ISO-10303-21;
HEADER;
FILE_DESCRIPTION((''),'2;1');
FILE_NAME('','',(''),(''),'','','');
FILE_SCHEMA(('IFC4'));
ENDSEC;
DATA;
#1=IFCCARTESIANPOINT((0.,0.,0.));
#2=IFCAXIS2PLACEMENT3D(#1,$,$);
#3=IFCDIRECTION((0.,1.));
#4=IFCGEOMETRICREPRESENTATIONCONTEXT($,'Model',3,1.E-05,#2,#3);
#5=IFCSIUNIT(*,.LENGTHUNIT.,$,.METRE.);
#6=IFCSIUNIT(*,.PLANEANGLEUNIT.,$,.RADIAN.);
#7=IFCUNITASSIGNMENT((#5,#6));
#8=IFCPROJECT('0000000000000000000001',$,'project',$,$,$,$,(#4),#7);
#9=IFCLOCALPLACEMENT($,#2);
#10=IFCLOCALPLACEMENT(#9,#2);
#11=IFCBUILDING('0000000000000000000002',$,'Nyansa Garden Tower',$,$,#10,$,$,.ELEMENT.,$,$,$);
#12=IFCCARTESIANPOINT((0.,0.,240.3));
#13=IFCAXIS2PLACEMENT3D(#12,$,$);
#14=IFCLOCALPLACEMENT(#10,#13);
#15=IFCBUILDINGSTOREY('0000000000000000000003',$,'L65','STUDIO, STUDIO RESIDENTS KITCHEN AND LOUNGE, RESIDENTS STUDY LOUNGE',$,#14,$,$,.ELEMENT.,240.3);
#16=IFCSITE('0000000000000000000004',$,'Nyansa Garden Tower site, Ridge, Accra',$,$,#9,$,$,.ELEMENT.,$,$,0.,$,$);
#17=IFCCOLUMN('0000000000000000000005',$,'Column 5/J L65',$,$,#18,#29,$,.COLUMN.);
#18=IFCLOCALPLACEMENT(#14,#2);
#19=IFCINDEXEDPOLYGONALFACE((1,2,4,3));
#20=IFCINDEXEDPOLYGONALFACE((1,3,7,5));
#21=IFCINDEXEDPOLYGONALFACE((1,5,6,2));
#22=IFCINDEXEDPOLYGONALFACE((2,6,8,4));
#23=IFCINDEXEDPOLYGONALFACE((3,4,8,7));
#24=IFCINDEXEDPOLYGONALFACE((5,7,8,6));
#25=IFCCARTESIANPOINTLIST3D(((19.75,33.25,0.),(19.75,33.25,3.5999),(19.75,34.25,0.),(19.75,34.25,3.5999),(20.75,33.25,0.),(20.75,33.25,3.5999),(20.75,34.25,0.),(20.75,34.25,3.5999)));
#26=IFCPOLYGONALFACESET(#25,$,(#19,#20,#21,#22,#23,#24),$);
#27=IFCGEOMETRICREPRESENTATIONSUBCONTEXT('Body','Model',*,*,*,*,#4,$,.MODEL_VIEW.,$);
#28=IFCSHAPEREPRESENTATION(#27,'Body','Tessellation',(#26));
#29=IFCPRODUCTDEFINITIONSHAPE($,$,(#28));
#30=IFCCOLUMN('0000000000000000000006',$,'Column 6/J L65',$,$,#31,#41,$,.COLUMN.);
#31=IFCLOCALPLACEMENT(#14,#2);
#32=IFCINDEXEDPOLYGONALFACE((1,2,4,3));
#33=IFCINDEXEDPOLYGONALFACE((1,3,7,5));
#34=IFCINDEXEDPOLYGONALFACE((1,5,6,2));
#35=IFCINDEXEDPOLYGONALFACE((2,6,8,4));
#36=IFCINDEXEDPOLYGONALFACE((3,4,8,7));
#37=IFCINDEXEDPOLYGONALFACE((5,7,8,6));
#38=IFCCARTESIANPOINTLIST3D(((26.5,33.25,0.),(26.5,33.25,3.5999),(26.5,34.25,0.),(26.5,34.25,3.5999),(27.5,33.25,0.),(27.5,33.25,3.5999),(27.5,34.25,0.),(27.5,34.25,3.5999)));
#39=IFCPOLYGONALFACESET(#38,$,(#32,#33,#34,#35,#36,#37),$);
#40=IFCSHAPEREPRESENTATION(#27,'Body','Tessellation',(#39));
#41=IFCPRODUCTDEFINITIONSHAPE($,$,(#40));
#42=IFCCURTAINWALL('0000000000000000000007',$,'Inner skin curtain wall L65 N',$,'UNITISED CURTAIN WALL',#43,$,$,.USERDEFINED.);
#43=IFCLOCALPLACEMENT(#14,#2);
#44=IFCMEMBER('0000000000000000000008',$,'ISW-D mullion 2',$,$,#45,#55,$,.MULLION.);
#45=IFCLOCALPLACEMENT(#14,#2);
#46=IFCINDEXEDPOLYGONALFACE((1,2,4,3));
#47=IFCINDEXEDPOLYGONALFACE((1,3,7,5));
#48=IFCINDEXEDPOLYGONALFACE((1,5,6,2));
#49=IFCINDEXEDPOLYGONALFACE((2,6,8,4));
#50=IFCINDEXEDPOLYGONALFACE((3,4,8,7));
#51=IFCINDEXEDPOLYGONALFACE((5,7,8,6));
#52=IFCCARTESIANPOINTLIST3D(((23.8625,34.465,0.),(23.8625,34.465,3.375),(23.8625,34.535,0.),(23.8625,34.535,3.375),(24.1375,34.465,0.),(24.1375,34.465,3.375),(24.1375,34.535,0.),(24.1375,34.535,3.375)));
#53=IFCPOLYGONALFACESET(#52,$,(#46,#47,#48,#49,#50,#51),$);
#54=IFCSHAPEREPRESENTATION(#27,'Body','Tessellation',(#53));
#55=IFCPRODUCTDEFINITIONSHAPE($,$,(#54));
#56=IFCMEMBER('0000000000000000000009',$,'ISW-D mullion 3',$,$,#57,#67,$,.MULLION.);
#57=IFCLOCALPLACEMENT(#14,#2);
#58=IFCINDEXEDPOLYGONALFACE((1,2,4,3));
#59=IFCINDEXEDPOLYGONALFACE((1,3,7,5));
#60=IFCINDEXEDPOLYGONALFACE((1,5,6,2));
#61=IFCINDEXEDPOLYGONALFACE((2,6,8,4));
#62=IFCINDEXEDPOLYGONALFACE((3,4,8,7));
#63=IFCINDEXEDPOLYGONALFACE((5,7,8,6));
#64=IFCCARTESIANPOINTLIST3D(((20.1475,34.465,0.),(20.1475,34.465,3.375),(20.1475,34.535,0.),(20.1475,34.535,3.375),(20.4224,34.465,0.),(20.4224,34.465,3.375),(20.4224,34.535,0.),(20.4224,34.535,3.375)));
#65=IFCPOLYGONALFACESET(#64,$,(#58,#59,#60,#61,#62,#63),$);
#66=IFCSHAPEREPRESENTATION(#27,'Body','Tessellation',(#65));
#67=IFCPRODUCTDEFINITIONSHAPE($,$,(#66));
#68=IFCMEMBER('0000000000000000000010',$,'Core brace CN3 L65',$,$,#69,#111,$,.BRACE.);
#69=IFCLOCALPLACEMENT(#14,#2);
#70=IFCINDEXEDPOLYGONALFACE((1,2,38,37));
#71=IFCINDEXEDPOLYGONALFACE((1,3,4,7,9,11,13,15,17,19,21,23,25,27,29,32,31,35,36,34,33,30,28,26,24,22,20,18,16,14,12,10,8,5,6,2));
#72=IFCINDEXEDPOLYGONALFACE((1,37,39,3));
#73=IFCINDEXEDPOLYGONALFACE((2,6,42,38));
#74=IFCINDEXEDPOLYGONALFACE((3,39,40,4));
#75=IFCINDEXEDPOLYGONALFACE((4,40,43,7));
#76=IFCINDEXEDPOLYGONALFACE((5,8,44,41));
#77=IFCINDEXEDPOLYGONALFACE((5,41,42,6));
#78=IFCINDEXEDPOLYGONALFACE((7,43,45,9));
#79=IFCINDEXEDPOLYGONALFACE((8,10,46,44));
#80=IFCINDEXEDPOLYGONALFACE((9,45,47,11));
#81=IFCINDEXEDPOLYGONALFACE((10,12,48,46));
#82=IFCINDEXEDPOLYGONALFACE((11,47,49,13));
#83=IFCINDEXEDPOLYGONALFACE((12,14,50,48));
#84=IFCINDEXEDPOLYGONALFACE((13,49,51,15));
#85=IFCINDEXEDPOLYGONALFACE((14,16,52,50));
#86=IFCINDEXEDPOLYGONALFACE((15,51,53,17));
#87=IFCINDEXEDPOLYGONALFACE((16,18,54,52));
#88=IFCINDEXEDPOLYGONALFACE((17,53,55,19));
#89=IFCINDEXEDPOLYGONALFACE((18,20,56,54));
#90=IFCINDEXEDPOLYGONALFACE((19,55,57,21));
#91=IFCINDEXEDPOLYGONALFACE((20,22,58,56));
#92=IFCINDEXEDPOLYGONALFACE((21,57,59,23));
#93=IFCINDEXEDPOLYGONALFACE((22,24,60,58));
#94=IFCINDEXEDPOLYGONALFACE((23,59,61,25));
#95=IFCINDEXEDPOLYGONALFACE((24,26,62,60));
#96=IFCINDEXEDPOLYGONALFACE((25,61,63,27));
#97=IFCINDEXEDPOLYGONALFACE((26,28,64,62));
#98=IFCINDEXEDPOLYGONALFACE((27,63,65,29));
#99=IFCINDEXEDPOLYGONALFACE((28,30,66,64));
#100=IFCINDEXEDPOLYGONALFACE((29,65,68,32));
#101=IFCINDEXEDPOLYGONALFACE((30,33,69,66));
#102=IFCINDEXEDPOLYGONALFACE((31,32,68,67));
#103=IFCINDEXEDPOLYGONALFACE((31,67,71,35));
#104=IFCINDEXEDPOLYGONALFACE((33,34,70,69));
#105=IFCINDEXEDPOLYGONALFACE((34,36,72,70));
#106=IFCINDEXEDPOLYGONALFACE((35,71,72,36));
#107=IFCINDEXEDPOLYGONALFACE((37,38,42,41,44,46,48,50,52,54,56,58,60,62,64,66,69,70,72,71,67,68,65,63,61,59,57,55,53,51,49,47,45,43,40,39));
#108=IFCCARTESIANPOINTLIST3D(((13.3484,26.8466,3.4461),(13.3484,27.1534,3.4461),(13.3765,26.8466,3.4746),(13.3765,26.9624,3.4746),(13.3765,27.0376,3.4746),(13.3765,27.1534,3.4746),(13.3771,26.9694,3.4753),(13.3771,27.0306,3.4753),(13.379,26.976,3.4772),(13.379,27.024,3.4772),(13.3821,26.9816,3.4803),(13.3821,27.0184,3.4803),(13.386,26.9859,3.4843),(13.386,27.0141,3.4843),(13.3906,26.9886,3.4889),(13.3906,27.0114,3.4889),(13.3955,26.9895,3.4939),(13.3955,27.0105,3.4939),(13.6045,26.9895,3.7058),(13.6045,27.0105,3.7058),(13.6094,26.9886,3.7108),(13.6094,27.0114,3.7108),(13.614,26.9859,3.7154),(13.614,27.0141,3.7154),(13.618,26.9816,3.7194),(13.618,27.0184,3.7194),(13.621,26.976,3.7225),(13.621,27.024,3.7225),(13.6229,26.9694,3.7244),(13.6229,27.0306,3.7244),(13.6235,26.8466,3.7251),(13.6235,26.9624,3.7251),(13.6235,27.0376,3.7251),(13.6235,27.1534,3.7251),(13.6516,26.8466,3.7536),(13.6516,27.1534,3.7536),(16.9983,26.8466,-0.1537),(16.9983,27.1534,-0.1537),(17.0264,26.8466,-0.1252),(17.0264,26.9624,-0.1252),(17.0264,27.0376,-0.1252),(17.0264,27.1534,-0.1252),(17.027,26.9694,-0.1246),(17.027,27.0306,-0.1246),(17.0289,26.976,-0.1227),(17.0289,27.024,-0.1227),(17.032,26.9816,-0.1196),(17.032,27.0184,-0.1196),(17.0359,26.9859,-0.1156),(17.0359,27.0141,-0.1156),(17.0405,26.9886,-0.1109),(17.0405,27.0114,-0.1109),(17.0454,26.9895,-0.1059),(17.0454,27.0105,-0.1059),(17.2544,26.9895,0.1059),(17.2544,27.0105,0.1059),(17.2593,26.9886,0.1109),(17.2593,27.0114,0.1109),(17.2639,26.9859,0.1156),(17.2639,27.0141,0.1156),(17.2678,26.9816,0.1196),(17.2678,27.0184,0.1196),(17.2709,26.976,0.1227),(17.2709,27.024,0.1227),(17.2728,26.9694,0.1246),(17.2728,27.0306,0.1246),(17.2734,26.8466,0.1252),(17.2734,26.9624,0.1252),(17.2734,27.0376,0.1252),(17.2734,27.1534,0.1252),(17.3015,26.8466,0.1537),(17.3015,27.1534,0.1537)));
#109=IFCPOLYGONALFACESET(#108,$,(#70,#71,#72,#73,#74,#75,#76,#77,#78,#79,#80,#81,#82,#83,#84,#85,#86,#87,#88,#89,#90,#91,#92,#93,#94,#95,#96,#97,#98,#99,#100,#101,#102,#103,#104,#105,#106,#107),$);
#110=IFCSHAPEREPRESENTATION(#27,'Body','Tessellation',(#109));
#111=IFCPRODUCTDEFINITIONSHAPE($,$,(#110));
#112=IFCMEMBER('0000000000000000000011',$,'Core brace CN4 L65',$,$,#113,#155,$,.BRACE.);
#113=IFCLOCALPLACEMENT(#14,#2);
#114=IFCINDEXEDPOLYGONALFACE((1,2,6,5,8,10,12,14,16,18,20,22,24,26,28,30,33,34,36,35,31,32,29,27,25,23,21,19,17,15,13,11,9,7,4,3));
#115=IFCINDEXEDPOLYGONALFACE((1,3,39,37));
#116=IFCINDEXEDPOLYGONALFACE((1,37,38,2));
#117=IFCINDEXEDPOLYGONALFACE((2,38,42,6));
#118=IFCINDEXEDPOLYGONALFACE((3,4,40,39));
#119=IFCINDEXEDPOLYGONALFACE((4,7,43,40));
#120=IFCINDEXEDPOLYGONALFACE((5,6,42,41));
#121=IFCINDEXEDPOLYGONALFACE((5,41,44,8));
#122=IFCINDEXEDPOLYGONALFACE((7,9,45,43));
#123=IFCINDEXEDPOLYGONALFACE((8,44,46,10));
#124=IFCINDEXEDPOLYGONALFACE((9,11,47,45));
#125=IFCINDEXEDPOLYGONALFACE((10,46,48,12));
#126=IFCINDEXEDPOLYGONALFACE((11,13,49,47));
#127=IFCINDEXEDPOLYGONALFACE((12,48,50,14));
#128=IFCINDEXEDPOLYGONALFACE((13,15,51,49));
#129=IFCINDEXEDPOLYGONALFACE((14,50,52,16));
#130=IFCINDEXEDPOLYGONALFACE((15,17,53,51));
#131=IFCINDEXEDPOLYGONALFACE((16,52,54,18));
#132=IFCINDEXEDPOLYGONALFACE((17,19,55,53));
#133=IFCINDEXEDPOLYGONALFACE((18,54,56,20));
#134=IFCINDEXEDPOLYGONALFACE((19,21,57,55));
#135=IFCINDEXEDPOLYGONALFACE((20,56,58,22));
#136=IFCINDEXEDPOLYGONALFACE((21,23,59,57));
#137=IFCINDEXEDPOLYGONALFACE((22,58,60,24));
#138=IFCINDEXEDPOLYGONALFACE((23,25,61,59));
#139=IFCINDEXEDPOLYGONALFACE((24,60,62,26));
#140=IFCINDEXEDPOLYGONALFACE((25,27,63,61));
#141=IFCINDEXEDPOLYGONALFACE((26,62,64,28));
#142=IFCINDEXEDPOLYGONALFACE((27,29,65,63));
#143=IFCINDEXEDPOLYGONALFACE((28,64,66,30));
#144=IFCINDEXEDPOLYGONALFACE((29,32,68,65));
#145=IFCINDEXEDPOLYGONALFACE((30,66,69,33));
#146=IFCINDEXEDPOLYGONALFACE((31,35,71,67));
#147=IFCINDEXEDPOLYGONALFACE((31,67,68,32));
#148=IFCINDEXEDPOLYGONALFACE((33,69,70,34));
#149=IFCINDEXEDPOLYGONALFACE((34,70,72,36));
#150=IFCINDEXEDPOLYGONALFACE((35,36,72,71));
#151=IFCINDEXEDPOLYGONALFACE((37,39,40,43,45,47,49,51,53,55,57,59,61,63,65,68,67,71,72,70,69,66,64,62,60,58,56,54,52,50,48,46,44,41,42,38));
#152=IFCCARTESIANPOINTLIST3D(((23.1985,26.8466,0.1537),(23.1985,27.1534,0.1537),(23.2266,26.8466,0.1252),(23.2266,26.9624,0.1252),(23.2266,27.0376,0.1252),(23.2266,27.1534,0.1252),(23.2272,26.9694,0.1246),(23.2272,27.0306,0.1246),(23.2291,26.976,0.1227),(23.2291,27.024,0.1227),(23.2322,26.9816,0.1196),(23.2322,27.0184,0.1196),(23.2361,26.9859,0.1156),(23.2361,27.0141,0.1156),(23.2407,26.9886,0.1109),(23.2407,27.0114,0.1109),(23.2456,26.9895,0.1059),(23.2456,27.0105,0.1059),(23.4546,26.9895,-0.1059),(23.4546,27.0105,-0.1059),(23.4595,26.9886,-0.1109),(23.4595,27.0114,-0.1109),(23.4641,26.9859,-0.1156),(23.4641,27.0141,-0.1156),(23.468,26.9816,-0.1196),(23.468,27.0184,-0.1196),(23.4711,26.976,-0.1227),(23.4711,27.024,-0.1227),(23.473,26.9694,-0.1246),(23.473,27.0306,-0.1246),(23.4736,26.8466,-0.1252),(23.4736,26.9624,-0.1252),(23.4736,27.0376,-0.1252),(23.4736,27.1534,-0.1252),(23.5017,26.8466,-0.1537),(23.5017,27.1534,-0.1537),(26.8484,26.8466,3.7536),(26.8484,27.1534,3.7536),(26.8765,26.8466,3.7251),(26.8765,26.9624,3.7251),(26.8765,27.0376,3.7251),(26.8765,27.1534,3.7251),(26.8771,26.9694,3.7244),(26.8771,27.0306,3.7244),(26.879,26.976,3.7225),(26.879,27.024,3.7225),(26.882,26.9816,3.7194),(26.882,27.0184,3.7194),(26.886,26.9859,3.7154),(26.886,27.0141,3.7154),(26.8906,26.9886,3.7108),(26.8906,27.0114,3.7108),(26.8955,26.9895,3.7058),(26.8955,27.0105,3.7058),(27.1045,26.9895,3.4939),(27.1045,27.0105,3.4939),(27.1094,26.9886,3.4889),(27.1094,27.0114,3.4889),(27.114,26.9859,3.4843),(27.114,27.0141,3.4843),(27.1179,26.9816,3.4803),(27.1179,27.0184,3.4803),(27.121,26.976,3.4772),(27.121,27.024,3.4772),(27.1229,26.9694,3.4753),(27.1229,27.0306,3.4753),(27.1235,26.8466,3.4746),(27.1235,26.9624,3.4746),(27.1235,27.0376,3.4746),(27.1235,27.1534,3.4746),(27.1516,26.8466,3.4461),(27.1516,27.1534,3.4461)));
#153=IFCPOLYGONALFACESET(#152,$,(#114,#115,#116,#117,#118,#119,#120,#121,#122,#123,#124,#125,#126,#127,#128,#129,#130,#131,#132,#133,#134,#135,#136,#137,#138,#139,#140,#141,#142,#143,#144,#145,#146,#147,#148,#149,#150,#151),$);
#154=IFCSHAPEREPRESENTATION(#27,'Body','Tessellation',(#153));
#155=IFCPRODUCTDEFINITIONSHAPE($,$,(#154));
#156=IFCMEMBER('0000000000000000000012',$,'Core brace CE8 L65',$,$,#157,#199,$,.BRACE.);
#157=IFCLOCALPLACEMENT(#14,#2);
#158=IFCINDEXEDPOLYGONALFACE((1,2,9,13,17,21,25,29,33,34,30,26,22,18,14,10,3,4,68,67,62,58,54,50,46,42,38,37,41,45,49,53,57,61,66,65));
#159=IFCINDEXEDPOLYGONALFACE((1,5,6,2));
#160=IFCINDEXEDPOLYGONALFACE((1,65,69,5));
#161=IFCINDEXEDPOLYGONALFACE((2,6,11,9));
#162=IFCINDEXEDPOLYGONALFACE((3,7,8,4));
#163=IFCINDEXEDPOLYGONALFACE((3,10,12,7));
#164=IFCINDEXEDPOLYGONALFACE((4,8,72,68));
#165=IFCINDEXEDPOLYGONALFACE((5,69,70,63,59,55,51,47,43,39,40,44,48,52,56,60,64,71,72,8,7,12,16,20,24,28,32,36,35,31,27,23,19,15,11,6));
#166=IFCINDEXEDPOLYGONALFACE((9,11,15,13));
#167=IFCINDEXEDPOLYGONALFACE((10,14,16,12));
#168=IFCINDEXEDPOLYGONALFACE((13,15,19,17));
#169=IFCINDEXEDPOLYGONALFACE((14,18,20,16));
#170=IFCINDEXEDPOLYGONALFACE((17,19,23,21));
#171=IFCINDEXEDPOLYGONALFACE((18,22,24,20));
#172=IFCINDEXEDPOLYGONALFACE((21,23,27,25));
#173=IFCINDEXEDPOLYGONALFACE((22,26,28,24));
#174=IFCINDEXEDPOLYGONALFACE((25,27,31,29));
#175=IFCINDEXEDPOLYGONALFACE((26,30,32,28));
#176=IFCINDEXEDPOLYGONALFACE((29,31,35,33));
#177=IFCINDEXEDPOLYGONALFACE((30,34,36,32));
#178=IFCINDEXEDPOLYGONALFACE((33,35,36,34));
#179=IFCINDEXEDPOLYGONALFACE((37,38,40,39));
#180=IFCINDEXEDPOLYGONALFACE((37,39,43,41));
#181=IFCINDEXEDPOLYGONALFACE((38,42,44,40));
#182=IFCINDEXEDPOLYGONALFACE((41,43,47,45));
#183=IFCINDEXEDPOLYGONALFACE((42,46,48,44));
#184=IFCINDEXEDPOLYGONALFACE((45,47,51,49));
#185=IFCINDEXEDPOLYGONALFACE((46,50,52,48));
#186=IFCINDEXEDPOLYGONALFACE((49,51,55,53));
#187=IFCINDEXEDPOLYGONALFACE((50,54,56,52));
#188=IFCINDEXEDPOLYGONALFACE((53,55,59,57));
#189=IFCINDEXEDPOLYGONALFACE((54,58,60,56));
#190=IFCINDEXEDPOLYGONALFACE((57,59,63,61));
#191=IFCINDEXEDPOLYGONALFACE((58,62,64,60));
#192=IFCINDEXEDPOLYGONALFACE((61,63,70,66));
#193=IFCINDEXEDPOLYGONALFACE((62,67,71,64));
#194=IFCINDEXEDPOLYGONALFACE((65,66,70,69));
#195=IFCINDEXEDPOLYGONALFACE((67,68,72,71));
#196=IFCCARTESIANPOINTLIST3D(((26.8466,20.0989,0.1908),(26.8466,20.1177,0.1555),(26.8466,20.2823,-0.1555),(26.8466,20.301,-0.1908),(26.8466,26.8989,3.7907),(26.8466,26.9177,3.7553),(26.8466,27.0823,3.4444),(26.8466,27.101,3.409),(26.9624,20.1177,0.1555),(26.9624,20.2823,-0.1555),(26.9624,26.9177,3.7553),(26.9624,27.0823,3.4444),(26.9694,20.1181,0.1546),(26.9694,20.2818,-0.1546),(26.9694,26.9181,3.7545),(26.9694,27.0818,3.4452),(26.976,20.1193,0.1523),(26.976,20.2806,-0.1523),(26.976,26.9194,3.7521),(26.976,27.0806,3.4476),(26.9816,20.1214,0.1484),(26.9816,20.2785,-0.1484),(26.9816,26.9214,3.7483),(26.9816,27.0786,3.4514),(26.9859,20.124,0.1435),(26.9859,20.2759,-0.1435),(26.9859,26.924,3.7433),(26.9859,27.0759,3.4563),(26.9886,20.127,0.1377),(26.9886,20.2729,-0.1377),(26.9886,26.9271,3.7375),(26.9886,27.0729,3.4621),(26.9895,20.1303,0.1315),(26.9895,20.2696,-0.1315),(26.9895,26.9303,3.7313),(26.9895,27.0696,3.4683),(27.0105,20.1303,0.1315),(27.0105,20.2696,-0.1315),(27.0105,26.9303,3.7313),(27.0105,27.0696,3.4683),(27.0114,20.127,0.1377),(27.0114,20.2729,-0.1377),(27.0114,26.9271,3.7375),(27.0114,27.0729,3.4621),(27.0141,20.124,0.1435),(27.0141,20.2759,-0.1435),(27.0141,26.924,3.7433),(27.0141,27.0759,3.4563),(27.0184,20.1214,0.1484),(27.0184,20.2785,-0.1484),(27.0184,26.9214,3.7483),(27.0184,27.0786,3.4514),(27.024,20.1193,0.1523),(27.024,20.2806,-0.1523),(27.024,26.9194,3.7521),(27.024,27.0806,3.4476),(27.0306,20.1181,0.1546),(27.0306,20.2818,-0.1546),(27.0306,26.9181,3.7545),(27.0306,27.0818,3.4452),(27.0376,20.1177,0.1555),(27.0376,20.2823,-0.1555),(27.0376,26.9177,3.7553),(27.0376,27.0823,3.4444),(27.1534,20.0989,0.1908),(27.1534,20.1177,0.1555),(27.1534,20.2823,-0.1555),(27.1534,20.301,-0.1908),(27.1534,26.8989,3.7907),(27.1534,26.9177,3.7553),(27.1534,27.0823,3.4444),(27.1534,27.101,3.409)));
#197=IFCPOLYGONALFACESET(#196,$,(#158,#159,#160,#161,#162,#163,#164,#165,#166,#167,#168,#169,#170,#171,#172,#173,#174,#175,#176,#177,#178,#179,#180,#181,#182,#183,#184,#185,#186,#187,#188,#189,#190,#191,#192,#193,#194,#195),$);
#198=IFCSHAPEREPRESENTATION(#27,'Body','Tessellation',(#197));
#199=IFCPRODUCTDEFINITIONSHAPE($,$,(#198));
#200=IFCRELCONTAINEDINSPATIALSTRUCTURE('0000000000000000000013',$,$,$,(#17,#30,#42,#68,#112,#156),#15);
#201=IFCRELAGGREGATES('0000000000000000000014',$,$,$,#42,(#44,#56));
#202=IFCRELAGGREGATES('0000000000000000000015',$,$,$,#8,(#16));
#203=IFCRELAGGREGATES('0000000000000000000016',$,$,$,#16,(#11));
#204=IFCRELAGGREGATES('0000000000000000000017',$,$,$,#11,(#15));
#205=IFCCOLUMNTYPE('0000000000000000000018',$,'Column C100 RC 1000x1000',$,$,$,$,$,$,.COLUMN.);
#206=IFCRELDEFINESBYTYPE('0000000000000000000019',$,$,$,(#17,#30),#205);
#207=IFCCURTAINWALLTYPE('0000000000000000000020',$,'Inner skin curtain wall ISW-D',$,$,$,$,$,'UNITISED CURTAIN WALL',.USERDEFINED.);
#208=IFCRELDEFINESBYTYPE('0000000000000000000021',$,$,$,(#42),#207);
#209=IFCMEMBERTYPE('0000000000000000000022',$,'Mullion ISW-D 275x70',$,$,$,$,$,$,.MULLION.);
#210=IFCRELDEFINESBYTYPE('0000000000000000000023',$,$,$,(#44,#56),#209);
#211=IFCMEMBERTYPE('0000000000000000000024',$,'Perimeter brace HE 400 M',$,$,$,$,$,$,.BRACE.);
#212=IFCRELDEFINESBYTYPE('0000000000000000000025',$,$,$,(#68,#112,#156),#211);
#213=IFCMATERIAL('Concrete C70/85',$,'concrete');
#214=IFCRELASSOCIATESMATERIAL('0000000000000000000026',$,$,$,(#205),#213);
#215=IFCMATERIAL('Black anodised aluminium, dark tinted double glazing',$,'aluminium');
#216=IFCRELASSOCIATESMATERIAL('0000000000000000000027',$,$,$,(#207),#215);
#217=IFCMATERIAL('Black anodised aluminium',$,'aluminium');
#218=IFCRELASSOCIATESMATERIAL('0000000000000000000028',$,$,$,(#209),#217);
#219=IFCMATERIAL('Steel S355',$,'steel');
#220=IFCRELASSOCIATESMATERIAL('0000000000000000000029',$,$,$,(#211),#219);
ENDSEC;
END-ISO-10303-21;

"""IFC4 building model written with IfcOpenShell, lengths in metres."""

from ifc_helpers import new_model, si_unit, direction, frame, origin, origin_2d, place, context, subcontext, project, spatial, rectangle, i_section, extrude, material, material_profile, profile_set, type_object, element, aggregate, save


model = new_model("IFC4")

# Units and contexts
model_context = context("Model", 3, precision=1e-05, world=origin(), true_north=direction((0.0, 1.0)))
body_context = subcontext(model_context, "Body", "Model", "MODEL_VIEW")
ifc_project = project(units=[si_unit("LENGTHUNIT", "METRE"), si_unit("PLANEANGLEUNIT", "RADIAN")], contexts=[model_context])

# Site, building, storey
site_placement = place(None, origin())
site = spatial("IfcSite", under=ifc_project, at=site_placement, Name="Nyansa Garden Tower site, Ridge, Accra", CompositionType="ELEMENT", RefElevation=0.0)
building_placement = place(site_placement, origin())
building = spatial("IfcBuilding", under=site, at=building_placement, Name="Nyansa Garden Tower", CompositionType="ELEMENT")
storey_placement = place(building_placement, frame((0.0, 0.0, 240.3)))
storey = spatial("IfcBuildingStorey", under=building, at=storey_placement, Name="L65", Description="STUDIO, STUDIO RESIDENTS KITCHEN AND LOUNGE, RESIDENTS STUDY LOUNGE", CompositionType="ELEMENT", Elevation=240.3)

# Columns
ifc_material_1 = material(Name="Concrete C70/85", Category="concrete")
ifc_material_profile_1 = material_profile(ifc_material_1, rectangle(XDim=1.0, YDim=1.0, at=origin_2d()), Name="RC 1000x1000")
ifc_profile_set_1 = profile_set([ifc_material_profile_1], Name="Concrete C70/85")
column_type = type_object("IfcColumnType", Name="Column C100 RC 1000x1000", PredefinedType="COLUMN", material=ifc_profile_set_1)
for number, where, z_axis, x_axis, name in (
    (1, (20.25, 33.75, 0.0), (0.0, 0.0, 1.0), (1.0, 0.0, 0.0), "Column 5/J L65"),
    (2, (27.0, 33.75, 0.0), (0.0, 0.0, 1.0), (1.0, 0.0, 0.0), "Column 6/J L65"),
):
    element("IfcColumn", number, at=place(storey_placement, frame(where, z_axis=z_axis, x_axis=x_axis)), inside=storey, type_object=column_type, Name=name, PredefinedType="COLUMN", context=body_context, shape_type="SweptSolid", body=[
        extrude(rectangle(XDim=1.0, YDim=1.0, at=origin_2d()), origin(), (0.0, 0.0, 1.0), 3.5999),
    ])

# Curtain wall, members
ifc_material_2 = material(Name="Black anodised aluminium, dark tinted double glazing", Category="aluminium")
curtain_wall_type = type_object("IfcCurtainWallType", Name="Inner skin curtain wall ISW-D", ElementType="UNITISED CURTAIN WALL", PredefinedType="USERDEFINED", material=ifc_material_2)
curtain_wall_placement = place(storey_placement, origin())
curtain_wall = element("IfcCurtainWall", 3, at=curtain_wall_placement, inside=storey, type_object=curtain_wall_type, Name="Inner skin curtain wall L65 N", ObjectType="UNITISED CURTAIN WALL", PredefinedType="USERDEFINED")
ifc_material_3 = material(Name="Black anodised aluminium", Category="aluminium")
ifc_material_profile_2 = material_profile(ifc_material_3, rectangle(XDim=0.0701, YDim=0.2749, at=origin_2d()), Name="Mullion 275x70")
ifc_profile_set_2 = profile_set([ifc_material_profile_2], Name="Black anodised aluminium")
member_type_1 = type_object("IfcMemberType", Name="Mullion ISW-D 275x70", PredefinedType="MULLION", material=ifc_profile_set_2)
member_1_placement = place(storey_placement, frame((24.0, 34.5, 0.0), z_axis=(0.0, 0.0, 1.0), x_axis=(0.0, -1.0, 0.0)))
member_1 = element("IfcMember", 4, at=member_1_placement, type_object=member_type_1, Name="ISW-D mullion 2", PredefinedType="MULLION", context=body_context, shape_type="SweptSolid", body=[
    extrude(rectangle(XDim=0.0701, YDim=0.2749, at=origin_2d()), origin(), (0.0, 0.0, 1.0), 3.375),
])
member_2_placement = place(storey_placement, frame((20.2849, 34.5, 0.0), z_axis=(0.0, 0.0, 1.0), x_axis=(0.0, -1.0, 0.0)))
member_2 = element("IfcMember", 5, at=member_2_placement, type_object=member_type_1, Name="ISW-D mullion 3", PredefinedType="MULLION", context=body_context, shape_type="SweptSolid", body=[
    extrude(rectangle(XDim=0.0701, YDim=0.2749, at=origin_2d()), origin(), (0.0, 0.0, 1.0), 3.375),
])

# Members
ifc_material_4 = material(Name="Steel S355", Category="steel")
ifc_material_profile_3 = material_profile(ifc_material_4, i_section(OverallWidth=0.3069, OverallDepth=0.4319, WebThickness=0.021, FlangeThickness=0.04, FilletRadius=0.0271, at=origin_2d()), Name="HE 400 M")
ifc_profile_set_3 = profile_set([ifc_material_profile_3], Name="Steel S355")
member_type_2 = type_object("IfcMemberType", Name="Perimeter brace HE 400 M", PredefinedType="BRACE", material=ifc_profile_set_3)
for number, where, z_axis, x_axis, name in (
    (6, (17.1499, 27.0, 0.0), (-0.711971, 0.0, 0.702209), (0.0, -1.0, 0.0), "Core brace CN3 L65"),
    (7, (23.3501, 27.0, 0.0), (0.711971, 0.0, 0.702209), (0.0, 1.0, 0.0), "Core brace CN4 L65"),
):
    element("IfcMember", number, at=place(storey_placement, frame(where, z_axis=z_axis, x_axis=x_axis)), inside=storey, type_object=member_type_2, Name=name, PredefinedType="BRACE", context=body_context, shape_type="SweptSolid", body=[
        extrude(i_section(OverallWidth=0.3069, OverallDepth=0.4319, WebThickness=0.021, FlangeThickness=0.04, FilletRadius=0.0271, at=origin_2d()), origin(), (0.0, 0.0, 1.0), 5.1265),
    ])
member_3_placement = place(storey_placement, frame((27.0, 20.2, 0.0), z_axis=(0.0, 0.883797, 0.46787), x_axis=(-1.0, 0.0, 0.0)))
element("IfcMember", 8, at=member_3_placement, inside=storey, type_object=member_type_2, Name="Core brace CE8 L65", PredefinedType="BRACE", context=body_context, shape_type="SweptSolid", body=[
    extrude(i_section(OverallWidth=0.3069, OverallDepth=0.4319, WebThickness=0.021, FlangeThickness=0.04, FilletRadius=0.0271, at=origin_2d()), origin(), (0.0, 0.0, 1.0), 7.6941),
])

aggregate(curtain_wall, [member_1, member_2])

save(model, "model.ifc")
